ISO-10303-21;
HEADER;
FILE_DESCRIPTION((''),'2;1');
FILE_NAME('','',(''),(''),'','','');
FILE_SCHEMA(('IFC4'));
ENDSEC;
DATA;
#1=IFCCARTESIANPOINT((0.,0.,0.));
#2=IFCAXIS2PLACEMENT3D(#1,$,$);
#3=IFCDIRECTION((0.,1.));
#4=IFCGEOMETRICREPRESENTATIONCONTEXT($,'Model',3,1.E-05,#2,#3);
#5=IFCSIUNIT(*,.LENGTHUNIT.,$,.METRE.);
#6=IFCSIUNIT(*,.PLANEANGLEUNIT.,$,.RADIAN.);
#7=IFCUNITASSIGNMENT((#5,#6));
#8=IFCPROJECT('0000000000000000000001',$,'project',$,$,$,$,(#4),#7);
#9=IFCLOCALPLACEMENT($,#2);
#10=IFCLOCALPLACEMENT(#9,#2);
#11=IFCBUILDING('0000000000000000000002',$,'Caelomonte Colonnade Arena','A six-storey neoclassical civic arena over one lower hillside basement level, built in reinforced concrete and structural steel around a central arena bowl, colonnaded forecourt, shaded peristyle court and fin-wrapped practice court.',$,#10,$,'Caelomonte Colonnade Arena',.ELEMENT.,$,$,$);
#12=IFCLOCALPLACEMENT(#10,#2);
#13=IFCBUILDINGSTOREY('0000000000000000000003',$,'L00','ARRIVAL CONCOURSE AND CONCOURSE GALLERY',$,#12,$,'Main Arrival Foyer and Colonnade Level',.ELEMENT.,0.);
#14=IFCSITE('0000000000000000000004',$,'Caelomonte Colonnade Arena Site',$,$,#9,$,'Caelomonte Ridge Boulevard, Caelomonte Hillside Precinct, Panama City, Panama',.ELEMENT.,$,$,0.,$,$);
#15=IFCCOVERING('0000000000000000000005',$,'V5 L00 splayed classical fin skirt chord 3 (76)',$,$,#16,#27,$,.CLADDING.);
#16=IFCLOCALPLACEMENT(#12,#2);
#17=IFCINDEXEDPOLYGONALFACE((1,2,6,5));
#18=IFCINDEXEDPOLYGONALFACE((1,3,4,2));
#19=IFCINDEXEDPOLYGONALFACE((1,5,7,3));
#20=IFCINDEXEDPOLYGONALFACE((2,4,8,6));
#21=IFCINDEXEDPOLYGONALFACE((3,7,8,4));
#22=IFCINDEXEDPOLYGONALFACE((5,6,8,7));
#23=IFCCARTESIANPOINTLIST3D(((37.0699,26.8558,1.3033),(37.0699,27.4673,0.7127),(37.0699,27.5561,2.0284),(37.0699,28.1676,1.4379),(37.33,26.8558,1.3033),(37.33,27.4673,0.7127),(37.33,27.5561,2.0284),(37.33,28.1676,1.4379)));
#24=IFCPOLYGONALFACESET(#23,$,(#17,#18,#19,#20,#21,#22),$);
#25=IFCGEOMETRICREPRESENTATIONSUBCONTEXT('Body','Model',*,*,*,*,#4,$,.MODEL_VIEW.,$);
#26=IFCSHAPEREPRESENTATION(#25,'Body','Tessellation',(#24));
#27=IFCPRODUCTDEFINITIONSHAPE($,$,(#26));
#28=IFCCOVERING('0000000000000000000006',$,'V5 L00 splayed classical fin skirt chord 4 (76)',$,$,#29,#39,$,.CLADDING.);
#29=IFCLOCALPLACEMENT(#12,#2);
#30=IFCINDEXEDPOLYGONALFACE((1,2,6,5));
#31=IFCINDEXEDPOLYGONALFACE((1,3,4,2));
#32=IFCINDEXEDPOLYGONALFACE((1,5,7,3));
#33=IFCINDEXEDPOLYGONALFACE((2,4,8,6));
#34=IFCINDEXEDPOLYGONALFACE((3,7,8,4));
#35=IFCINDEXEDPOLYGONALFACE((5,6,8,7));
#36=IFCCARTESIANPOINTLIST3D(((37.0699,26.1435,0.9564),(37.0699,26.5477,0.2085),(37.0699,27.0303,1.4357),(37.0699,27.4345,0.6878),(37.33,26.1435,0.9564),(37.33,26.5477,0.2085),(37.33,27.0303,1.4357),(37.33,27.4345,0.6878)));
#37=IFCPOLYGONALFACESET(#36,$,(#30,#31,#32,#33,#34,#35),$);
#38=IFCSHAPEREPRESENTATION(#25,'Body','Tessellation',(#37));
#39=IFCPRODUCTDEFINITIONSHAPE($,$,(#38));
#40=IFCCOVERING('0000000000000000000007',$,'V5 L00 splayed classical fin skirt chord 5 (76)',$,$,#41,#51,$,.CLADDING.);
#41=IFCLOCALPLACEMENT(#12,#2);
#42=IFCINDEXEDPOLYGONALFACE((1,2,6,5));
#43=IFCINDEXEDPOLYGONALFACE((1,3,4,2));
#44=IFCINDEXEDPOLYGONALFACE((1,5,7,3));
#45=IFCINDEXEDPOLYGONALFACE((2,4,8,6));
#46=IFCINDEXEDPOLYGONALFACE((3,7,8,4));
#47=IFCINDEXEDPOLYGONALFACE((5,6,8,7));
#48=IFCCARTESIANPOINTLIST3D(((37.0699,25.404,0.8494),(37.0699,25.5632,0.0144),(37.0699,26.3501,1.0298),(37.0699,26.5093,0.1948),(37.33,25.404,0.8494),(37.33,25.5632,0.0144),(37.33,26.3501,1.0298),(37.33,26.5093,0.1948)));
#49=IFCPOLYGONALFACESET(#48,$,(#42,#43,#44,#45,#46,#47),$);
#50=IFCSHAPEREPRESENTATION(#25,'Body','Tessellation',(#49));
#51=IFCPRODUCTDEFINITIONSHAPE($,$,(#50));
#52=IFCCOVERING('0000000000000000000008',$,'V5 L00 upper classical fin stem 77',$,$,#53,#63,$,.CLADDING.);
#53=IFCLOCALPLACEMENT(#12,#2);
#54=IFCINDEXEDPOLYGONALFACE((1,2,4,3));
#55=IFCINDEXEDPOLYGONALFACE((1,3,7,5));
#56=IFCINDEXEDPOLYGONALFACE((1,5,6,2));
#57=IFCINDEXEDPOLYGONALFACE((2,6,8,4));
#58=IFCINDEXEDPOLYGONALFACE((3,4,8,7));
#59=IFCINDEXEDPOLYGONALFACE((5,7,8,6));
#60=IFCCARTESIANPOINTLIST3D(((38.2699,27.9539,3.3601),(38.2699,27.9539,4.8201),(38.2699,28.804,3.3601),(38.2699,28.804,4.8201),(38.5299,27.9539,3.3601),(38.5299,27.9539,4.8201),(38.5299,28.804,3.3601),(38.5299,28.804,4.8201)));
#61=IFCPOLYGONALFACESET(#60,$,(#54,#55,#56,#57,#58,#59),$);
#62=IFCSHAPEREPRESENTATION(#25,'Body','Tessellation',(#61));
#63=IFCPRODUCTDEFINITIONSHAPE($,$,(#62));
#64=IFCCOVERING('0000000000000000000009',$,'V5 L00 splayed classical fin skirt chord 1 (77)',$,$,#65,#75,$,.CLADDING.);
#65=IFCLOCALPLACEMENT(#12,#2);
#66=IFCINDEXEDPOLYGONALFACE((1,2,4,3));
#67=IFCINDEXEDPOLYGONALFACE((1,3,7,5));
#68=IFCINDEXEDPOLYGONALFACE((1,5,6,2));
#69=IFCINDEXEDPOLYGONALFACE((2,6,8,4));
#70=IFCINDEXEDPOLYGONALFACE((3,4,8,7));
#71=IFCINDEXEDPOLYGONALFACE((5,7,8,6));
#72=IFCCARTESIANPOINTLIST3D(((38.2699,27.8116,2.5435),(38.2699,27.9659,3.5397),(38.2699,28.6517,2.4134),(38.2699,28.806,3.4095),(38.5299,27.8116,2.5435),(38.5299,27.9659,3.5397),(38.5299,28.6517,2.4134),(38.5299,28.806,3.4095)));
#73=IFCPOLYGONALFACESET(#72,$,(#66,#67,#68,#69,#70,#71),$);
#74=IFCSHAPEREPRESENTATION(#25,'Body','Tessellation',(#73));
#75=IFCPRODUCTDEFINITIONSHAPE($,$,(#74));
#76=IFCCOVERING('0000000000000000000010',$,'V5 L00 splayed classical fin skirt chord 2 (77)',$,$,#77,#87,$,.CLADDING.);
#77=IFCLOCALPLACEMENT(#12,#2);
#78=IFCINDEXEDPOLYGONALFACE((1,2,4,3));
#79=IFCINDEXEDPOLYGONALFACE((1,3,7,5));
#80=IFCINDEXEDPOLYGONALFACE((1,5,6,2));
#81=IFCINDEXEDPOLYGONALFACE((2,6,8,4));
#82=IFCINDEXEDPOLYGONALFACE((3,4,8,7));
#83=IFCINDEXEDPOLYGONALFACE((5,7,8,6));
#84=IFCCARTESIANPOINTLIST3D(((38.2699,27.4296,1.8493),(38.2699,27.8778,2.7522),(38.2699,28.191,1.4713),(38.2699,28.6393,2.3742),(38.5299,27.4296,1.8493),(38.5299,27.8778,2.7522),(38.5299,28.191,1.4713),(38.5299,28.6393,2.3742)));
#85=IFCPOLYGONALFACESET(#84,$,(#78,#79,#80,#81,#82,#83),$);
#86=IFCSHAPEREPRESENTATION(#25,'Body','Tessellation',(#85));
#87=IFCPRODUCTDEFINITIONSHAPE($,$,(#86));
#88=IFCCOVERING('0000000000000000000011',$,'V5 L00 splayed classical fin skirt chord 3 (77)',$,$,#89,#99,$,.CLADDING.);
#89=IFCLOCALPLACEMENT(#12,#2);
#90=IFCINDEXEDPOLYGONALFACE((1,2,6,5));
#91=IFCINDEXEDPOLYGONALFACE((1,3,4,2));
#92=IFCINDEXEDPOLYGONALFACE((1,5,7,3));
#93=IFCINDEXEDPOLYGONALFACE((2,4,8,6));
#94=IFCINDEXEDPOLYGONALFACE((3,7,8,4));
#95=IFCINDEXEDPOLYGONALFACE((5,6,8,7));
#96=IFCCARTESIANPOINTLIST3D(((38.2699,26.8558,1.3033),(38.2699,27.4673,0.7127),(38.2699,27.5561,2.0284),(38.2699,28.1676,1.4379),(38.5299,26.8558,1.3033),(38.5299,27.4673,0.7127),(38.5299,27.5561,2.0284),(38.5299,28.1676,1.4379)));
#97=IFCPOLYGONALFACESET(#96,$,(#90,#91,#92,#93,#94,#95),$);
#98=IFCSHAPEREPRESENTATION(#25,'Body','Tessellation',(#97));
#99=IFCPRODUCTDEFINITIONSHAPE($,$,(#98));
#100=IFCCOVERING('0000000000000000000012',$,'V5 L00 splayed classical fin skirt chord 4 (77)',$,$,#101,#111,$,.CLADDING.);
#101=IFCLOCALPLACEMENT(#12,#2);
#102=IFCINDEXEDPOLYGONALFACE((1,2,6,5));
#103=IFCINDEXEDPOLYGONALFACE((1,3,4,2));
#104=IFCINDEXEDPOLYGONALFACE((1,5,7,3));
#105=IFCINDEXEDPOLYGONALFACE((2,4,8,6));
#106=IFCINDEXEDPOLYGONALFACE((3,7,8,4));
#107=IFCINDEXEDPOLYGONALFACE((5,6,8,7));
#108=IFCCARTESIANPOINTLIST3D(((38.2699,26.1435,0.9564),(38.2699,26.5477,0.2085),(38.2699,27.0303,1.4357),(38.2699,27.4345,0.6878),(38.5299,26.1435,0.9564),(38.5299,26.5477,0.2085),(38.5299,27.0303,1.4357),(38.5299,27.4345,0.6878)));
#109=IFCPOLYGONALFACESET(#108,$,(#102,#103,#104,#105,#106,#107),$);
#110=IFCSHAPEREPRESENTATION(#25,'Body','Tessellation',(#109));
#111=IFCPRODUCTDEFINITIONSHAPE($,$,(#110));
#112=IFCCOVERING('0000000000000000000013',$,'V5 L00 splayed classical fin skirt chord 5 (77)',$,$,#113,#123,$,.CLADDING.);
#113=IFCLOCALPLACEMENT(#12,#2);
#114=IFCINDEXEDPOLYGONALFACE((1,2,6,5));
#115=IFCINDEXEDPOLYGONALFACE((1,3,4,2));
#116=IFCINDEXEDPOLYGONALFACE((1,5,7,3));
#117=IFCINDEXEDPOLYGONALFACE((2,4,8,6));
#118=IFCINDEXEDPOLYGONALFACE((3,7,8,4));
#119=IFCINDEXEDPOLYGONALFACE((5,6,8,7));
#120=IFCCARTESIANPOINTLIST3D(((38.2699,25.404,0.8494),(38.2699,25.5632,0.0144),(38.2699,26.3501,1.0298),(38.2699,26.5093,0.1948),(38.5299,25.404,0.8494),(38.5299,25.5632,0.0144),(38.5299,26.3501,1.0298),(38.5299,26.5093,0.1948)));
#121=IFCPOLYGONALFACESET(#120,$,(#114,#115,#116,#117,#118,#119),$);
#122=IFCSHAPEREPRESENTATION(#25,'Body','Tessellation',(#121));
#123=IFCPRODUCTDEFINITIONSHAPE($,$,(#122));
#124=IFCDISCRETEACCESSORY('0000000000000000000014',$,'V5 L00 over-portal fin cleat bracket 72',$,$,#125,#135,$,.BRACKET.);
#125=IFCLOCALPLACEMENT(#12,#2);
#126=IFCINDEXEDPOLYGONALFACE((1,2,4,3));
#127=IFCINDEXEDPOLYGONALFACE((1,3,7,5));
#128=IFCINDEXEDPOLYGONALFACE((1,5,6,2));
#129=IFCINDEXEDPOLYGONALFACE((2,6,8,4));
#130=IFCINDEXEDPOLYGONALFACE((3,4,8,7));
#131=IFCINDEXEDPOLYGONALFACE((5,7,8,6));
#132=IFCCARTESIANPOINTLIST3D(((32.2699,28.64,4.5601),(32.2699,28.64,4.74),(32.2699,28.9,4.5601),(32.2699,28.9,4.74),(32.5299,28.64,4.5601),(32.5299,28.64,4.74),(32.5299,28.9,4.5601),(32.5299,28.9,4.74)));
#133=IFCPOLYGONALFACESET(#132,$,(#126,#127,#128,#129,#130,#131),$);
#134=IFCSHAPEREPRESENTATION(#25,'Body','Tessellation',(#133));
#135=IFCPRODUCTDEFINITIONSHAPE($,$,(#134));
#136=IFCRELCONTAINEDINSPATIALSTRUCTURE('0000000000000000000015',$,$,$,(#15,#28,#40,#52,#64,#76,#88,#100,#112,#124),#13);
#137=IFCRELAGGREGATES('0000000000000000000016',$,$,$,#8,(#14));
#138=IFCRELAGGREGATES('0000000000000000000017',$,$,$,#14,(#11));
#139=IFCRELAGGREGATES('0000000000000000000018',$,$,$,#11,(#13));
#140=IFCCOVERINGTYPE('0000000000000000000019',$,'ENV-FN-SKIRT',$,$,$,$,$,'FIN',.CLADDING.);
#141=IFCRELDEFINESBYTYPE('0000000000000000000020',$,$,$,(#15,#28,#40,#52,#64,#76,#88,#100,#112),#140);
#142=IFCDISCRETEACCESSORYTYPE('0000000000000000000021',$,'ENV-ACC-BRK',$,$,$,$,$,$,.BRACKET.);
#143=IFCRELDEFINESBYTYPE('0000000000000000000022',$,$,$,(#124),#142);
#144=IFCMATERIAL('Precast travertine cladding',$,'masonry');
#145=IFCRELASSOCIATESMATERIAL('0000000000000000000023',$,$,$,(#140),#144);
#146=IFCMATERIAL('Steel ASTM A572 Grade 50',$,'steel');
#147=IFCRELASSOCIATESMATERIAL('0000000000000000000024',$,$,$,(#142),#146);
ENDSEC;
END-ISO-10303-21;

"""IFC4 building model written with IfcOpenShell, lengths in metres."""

from ifc_helpers import new_model, si_unit, direction, frame, origin, origin_2d, place, context, subcontext, project, spatial, rectangle, extrude, material, material_profile, profile_set, type_object, element, save


model = new_model("IFC4")

# Units and contexts
model_context = context("Model", 3, precision=1e-05, world=origin(), true_north=direction((0.0, 1.0)))
body_context = subcontext(model_context, "Body", "Model", "MODEL_VIEW")
ifc_project = project(units=[si_unit("LENGTHUNIT", "METRE"), si_unit("PLANEANGLEUNIT", "RADIAN")], contexts=[model_context])

# Site, building, storey
site_placement = place(None, origin())
site = spatial("IfcSite", under=ifc_project, at=site_placement, Name="Caelomonte Colonnade Arena Site", LongName="Caelomonte Ridge Boulevard, Caelomonte Hillside Precinct, Panama City, Panama", CompositionType="ELEMENT", RefElevation=0.0)
building_placement = place(site_placement, origin())
building = spatial("IfcBuilding", under=site, at=building_placement, Name="Caelomonte Colonnade Arena", Description="A six-storey neoclassical civic arena over one lower hillside basement level, built in reinforced concrete and structural steel around a central arena bowl, colonnaded forecourt, shaded peristyle court and fin-wrapped practice court.", LongName="Caelomonte Colonnade Arena", CompositionType="ELEMENT")
storey_placement = place(building_placement, origin())
storey = spatial("IfcBuildingStorey", under=building, at=storey_placement, Name="L00", Description="ARRIVAL CONCOURSE AND CONCOURSE GALLERY", LongName="Main Arrival Foyer and Colonnade Level", CompositionType="ELEMENT", Elevation=0.0)

# Coverings
ifc_material_1 = material(Name="Precast travertine cladding", Category="masonry")
ifc_material_profile = material_profile(ifc_material_1, rectangle(XDim=0.26, YDim=0.8501, at=origin_2d()), Name="FIN260X850")
ifc_profile_set = profile_set([ifc_material_profile], Name="Precast travertine cladding")
covering_type = type_object("IfcCoveringType", Name="ENV-FN-SKIRT", ElementType="FIN", PredefinedType="CLADDING", material=ifc_profile_set)
for number, where, z_axis, x_axis, name in (
    (1, (37.2, 27.8618, 1.7332), (0.0, -0.694646, -0.719351), (-1.0, 0.0, 0.0), "V5 L00 splayed classical fin skirt chord 3 (76)"),
    (2, (37.2, 27.2324, 1.0618), (0.0, -0.879731, -0.475471), (-1.0, 0.0, 0.0), "V5 L00 splayed classical fin skirt chord 4 (76)"),
):
    element("IfcCovering", number, at=place(storey_placement, frame(where, z_axis=z_axis, x_axis=x_axis)), inside=storey, type_object=covering_type, Name=name, PredefinedType="CLADDING", context=body_context, shape_type="SweptSolid", body=[
        extrude(rectangle(XDim=0.26, YDim=0.8501, at=origin_2d()), origin(), (0.0, 0.0, 1.0), 1.0081),
    ])
covering_1_placement = place(storey_placement, frame((37.2, 26.4297, 0.6123), z_axis=(0.0, -0.982296, -0.187333), x_axis=(-1.0, 0.0, 0.0)))
element("IfcCovering", 3, at=covering_1_placement, inside=storey, type_object=covering_type, Name="V5 L00 splayed classical fin skirt chord 5 (76)", PredefinedType="CLADDING", context=body_context, shape_type="SweptSolid", body=[
    extrude(rectangle(XDim=0.26, YDim=0.8501, at=origin_2d()), origin(), (0.0, 0.0, 1.0), 0.9631),
])
covering_2_placement = place(storey_placement, frame((38.3999, 28.3789, 3.3601), z_axis=(0.0, 0.0, 1.0), x_axis=(-1.0, 0.0, 0.0)))
element("IfcCovering", 4, at=covering_2_placement, inside=storey, type_object=covering_type, Name="V5 L00 upper classical fin stem 77", PredefinedType="CLADDING", context=body_context, shape_type="SweptSolid", body=[
    extrude(rectangle(XDim=0.26, YDim=0.8501, at=origin_2d()), origin(), (0.0, 0.0, 1.0), 1.46),
])
for number, where, z_axis, x_axis, name in (
    (5, (38.3999, 28.386, 3.4746), (0.0, -0.153076, -0.988214), (-1.0, 0.0, 0.0), "V5 L00 splayed classical fin skirt chord 1 (77)"),
    (6, (38.3999, 28.2585, 2.5632), (0.0, -0.444693, -0.895683), (-1.0, 0.0, 0.0), "V5 L00 splayed classical fin skirt chord 2 (77)"),
    (7, (38.3999, 27.8618, 1.7332), (0.0, -0.694646, -0.719351), (-1.0, 0.0, 0.0), "V5 L00 splayed classical fin skirt chord 3 (77)"),
    (8, (38.3999, 27.2324, 1.0618), (0.0, -0.879731, -0.475471), (-1.0, 0.0, 0.0), "V5 L00 splayed classical fin skirt chord 4 (77)"),
):
    element("IfcCovering", number, at=place(storey_placement, frame(where, z_axis=z_axis, x_axis=x_axis)), inside=storey, type_object=covering_type, Name=name, PredefinedType="CLADDING", context=body_context, shape_type="SweptSolid", body=[
        extrude(rectangle(XDim=0.26, YDim=0.8501, at=origin_2d()), origin(), (0.0, 0.0, 1.0), 1.0081),
    ])
covering_3_placement = place(storey_placement, frame((38.3999, 26.4297, 0.6123), z_axis=(0.0, -0.982296, -0.187333), x_axis=(-1.0, 0.0, 0.0)))
element("IfcCovering", 9, at=covering_3_placement, inside=storey, type_object=covering_type, Name="V5 L00 splayed classical fin skirt chord 5 (77)", PredefinedType="CLADDING", context=body_context, shape_type="SweptSolid", body=[
    extrude(rectangle(XDim=0.26, YDim=0.8501, at=origin_2d()), origin(), (0.0, 0.0, 1.0), 0.9631),
])

# Discrete accessory
ifc_material_2 = material(Name="Steel ASTM A572 Grade 50", Category="steel")
discrete_accessory_type = type_object("IfcDiscreteAccessoryType", Name="ENV-ACC-BRK", PredefinedType="BRACKET", material=ifc_material_2)
discrete_accessory_placement = place(storey_placement, frame((32.3999, 28.77, 4.5601), z_axis=(0.0, 0.0, 1.0), x_axis=(1.0, 0.0, 0.0)))
element("IfcDiscreteAccessory", 10, at=discrete_accessory_placement, inside=storey, type_object=discrete_accessory_type, Name="V5 L00 over-portal fin cleat bracket 72", PredefinedType="BRACKET", context=body_context, shape_type="SweptSolid", body=[
    extrude(rectangle(XDim=0.26, YDim=0.26, at=origin_2d()), origin(), (0.0, 0.0, 1.0), 0.1799),
])

save(model, "model.ifc")
